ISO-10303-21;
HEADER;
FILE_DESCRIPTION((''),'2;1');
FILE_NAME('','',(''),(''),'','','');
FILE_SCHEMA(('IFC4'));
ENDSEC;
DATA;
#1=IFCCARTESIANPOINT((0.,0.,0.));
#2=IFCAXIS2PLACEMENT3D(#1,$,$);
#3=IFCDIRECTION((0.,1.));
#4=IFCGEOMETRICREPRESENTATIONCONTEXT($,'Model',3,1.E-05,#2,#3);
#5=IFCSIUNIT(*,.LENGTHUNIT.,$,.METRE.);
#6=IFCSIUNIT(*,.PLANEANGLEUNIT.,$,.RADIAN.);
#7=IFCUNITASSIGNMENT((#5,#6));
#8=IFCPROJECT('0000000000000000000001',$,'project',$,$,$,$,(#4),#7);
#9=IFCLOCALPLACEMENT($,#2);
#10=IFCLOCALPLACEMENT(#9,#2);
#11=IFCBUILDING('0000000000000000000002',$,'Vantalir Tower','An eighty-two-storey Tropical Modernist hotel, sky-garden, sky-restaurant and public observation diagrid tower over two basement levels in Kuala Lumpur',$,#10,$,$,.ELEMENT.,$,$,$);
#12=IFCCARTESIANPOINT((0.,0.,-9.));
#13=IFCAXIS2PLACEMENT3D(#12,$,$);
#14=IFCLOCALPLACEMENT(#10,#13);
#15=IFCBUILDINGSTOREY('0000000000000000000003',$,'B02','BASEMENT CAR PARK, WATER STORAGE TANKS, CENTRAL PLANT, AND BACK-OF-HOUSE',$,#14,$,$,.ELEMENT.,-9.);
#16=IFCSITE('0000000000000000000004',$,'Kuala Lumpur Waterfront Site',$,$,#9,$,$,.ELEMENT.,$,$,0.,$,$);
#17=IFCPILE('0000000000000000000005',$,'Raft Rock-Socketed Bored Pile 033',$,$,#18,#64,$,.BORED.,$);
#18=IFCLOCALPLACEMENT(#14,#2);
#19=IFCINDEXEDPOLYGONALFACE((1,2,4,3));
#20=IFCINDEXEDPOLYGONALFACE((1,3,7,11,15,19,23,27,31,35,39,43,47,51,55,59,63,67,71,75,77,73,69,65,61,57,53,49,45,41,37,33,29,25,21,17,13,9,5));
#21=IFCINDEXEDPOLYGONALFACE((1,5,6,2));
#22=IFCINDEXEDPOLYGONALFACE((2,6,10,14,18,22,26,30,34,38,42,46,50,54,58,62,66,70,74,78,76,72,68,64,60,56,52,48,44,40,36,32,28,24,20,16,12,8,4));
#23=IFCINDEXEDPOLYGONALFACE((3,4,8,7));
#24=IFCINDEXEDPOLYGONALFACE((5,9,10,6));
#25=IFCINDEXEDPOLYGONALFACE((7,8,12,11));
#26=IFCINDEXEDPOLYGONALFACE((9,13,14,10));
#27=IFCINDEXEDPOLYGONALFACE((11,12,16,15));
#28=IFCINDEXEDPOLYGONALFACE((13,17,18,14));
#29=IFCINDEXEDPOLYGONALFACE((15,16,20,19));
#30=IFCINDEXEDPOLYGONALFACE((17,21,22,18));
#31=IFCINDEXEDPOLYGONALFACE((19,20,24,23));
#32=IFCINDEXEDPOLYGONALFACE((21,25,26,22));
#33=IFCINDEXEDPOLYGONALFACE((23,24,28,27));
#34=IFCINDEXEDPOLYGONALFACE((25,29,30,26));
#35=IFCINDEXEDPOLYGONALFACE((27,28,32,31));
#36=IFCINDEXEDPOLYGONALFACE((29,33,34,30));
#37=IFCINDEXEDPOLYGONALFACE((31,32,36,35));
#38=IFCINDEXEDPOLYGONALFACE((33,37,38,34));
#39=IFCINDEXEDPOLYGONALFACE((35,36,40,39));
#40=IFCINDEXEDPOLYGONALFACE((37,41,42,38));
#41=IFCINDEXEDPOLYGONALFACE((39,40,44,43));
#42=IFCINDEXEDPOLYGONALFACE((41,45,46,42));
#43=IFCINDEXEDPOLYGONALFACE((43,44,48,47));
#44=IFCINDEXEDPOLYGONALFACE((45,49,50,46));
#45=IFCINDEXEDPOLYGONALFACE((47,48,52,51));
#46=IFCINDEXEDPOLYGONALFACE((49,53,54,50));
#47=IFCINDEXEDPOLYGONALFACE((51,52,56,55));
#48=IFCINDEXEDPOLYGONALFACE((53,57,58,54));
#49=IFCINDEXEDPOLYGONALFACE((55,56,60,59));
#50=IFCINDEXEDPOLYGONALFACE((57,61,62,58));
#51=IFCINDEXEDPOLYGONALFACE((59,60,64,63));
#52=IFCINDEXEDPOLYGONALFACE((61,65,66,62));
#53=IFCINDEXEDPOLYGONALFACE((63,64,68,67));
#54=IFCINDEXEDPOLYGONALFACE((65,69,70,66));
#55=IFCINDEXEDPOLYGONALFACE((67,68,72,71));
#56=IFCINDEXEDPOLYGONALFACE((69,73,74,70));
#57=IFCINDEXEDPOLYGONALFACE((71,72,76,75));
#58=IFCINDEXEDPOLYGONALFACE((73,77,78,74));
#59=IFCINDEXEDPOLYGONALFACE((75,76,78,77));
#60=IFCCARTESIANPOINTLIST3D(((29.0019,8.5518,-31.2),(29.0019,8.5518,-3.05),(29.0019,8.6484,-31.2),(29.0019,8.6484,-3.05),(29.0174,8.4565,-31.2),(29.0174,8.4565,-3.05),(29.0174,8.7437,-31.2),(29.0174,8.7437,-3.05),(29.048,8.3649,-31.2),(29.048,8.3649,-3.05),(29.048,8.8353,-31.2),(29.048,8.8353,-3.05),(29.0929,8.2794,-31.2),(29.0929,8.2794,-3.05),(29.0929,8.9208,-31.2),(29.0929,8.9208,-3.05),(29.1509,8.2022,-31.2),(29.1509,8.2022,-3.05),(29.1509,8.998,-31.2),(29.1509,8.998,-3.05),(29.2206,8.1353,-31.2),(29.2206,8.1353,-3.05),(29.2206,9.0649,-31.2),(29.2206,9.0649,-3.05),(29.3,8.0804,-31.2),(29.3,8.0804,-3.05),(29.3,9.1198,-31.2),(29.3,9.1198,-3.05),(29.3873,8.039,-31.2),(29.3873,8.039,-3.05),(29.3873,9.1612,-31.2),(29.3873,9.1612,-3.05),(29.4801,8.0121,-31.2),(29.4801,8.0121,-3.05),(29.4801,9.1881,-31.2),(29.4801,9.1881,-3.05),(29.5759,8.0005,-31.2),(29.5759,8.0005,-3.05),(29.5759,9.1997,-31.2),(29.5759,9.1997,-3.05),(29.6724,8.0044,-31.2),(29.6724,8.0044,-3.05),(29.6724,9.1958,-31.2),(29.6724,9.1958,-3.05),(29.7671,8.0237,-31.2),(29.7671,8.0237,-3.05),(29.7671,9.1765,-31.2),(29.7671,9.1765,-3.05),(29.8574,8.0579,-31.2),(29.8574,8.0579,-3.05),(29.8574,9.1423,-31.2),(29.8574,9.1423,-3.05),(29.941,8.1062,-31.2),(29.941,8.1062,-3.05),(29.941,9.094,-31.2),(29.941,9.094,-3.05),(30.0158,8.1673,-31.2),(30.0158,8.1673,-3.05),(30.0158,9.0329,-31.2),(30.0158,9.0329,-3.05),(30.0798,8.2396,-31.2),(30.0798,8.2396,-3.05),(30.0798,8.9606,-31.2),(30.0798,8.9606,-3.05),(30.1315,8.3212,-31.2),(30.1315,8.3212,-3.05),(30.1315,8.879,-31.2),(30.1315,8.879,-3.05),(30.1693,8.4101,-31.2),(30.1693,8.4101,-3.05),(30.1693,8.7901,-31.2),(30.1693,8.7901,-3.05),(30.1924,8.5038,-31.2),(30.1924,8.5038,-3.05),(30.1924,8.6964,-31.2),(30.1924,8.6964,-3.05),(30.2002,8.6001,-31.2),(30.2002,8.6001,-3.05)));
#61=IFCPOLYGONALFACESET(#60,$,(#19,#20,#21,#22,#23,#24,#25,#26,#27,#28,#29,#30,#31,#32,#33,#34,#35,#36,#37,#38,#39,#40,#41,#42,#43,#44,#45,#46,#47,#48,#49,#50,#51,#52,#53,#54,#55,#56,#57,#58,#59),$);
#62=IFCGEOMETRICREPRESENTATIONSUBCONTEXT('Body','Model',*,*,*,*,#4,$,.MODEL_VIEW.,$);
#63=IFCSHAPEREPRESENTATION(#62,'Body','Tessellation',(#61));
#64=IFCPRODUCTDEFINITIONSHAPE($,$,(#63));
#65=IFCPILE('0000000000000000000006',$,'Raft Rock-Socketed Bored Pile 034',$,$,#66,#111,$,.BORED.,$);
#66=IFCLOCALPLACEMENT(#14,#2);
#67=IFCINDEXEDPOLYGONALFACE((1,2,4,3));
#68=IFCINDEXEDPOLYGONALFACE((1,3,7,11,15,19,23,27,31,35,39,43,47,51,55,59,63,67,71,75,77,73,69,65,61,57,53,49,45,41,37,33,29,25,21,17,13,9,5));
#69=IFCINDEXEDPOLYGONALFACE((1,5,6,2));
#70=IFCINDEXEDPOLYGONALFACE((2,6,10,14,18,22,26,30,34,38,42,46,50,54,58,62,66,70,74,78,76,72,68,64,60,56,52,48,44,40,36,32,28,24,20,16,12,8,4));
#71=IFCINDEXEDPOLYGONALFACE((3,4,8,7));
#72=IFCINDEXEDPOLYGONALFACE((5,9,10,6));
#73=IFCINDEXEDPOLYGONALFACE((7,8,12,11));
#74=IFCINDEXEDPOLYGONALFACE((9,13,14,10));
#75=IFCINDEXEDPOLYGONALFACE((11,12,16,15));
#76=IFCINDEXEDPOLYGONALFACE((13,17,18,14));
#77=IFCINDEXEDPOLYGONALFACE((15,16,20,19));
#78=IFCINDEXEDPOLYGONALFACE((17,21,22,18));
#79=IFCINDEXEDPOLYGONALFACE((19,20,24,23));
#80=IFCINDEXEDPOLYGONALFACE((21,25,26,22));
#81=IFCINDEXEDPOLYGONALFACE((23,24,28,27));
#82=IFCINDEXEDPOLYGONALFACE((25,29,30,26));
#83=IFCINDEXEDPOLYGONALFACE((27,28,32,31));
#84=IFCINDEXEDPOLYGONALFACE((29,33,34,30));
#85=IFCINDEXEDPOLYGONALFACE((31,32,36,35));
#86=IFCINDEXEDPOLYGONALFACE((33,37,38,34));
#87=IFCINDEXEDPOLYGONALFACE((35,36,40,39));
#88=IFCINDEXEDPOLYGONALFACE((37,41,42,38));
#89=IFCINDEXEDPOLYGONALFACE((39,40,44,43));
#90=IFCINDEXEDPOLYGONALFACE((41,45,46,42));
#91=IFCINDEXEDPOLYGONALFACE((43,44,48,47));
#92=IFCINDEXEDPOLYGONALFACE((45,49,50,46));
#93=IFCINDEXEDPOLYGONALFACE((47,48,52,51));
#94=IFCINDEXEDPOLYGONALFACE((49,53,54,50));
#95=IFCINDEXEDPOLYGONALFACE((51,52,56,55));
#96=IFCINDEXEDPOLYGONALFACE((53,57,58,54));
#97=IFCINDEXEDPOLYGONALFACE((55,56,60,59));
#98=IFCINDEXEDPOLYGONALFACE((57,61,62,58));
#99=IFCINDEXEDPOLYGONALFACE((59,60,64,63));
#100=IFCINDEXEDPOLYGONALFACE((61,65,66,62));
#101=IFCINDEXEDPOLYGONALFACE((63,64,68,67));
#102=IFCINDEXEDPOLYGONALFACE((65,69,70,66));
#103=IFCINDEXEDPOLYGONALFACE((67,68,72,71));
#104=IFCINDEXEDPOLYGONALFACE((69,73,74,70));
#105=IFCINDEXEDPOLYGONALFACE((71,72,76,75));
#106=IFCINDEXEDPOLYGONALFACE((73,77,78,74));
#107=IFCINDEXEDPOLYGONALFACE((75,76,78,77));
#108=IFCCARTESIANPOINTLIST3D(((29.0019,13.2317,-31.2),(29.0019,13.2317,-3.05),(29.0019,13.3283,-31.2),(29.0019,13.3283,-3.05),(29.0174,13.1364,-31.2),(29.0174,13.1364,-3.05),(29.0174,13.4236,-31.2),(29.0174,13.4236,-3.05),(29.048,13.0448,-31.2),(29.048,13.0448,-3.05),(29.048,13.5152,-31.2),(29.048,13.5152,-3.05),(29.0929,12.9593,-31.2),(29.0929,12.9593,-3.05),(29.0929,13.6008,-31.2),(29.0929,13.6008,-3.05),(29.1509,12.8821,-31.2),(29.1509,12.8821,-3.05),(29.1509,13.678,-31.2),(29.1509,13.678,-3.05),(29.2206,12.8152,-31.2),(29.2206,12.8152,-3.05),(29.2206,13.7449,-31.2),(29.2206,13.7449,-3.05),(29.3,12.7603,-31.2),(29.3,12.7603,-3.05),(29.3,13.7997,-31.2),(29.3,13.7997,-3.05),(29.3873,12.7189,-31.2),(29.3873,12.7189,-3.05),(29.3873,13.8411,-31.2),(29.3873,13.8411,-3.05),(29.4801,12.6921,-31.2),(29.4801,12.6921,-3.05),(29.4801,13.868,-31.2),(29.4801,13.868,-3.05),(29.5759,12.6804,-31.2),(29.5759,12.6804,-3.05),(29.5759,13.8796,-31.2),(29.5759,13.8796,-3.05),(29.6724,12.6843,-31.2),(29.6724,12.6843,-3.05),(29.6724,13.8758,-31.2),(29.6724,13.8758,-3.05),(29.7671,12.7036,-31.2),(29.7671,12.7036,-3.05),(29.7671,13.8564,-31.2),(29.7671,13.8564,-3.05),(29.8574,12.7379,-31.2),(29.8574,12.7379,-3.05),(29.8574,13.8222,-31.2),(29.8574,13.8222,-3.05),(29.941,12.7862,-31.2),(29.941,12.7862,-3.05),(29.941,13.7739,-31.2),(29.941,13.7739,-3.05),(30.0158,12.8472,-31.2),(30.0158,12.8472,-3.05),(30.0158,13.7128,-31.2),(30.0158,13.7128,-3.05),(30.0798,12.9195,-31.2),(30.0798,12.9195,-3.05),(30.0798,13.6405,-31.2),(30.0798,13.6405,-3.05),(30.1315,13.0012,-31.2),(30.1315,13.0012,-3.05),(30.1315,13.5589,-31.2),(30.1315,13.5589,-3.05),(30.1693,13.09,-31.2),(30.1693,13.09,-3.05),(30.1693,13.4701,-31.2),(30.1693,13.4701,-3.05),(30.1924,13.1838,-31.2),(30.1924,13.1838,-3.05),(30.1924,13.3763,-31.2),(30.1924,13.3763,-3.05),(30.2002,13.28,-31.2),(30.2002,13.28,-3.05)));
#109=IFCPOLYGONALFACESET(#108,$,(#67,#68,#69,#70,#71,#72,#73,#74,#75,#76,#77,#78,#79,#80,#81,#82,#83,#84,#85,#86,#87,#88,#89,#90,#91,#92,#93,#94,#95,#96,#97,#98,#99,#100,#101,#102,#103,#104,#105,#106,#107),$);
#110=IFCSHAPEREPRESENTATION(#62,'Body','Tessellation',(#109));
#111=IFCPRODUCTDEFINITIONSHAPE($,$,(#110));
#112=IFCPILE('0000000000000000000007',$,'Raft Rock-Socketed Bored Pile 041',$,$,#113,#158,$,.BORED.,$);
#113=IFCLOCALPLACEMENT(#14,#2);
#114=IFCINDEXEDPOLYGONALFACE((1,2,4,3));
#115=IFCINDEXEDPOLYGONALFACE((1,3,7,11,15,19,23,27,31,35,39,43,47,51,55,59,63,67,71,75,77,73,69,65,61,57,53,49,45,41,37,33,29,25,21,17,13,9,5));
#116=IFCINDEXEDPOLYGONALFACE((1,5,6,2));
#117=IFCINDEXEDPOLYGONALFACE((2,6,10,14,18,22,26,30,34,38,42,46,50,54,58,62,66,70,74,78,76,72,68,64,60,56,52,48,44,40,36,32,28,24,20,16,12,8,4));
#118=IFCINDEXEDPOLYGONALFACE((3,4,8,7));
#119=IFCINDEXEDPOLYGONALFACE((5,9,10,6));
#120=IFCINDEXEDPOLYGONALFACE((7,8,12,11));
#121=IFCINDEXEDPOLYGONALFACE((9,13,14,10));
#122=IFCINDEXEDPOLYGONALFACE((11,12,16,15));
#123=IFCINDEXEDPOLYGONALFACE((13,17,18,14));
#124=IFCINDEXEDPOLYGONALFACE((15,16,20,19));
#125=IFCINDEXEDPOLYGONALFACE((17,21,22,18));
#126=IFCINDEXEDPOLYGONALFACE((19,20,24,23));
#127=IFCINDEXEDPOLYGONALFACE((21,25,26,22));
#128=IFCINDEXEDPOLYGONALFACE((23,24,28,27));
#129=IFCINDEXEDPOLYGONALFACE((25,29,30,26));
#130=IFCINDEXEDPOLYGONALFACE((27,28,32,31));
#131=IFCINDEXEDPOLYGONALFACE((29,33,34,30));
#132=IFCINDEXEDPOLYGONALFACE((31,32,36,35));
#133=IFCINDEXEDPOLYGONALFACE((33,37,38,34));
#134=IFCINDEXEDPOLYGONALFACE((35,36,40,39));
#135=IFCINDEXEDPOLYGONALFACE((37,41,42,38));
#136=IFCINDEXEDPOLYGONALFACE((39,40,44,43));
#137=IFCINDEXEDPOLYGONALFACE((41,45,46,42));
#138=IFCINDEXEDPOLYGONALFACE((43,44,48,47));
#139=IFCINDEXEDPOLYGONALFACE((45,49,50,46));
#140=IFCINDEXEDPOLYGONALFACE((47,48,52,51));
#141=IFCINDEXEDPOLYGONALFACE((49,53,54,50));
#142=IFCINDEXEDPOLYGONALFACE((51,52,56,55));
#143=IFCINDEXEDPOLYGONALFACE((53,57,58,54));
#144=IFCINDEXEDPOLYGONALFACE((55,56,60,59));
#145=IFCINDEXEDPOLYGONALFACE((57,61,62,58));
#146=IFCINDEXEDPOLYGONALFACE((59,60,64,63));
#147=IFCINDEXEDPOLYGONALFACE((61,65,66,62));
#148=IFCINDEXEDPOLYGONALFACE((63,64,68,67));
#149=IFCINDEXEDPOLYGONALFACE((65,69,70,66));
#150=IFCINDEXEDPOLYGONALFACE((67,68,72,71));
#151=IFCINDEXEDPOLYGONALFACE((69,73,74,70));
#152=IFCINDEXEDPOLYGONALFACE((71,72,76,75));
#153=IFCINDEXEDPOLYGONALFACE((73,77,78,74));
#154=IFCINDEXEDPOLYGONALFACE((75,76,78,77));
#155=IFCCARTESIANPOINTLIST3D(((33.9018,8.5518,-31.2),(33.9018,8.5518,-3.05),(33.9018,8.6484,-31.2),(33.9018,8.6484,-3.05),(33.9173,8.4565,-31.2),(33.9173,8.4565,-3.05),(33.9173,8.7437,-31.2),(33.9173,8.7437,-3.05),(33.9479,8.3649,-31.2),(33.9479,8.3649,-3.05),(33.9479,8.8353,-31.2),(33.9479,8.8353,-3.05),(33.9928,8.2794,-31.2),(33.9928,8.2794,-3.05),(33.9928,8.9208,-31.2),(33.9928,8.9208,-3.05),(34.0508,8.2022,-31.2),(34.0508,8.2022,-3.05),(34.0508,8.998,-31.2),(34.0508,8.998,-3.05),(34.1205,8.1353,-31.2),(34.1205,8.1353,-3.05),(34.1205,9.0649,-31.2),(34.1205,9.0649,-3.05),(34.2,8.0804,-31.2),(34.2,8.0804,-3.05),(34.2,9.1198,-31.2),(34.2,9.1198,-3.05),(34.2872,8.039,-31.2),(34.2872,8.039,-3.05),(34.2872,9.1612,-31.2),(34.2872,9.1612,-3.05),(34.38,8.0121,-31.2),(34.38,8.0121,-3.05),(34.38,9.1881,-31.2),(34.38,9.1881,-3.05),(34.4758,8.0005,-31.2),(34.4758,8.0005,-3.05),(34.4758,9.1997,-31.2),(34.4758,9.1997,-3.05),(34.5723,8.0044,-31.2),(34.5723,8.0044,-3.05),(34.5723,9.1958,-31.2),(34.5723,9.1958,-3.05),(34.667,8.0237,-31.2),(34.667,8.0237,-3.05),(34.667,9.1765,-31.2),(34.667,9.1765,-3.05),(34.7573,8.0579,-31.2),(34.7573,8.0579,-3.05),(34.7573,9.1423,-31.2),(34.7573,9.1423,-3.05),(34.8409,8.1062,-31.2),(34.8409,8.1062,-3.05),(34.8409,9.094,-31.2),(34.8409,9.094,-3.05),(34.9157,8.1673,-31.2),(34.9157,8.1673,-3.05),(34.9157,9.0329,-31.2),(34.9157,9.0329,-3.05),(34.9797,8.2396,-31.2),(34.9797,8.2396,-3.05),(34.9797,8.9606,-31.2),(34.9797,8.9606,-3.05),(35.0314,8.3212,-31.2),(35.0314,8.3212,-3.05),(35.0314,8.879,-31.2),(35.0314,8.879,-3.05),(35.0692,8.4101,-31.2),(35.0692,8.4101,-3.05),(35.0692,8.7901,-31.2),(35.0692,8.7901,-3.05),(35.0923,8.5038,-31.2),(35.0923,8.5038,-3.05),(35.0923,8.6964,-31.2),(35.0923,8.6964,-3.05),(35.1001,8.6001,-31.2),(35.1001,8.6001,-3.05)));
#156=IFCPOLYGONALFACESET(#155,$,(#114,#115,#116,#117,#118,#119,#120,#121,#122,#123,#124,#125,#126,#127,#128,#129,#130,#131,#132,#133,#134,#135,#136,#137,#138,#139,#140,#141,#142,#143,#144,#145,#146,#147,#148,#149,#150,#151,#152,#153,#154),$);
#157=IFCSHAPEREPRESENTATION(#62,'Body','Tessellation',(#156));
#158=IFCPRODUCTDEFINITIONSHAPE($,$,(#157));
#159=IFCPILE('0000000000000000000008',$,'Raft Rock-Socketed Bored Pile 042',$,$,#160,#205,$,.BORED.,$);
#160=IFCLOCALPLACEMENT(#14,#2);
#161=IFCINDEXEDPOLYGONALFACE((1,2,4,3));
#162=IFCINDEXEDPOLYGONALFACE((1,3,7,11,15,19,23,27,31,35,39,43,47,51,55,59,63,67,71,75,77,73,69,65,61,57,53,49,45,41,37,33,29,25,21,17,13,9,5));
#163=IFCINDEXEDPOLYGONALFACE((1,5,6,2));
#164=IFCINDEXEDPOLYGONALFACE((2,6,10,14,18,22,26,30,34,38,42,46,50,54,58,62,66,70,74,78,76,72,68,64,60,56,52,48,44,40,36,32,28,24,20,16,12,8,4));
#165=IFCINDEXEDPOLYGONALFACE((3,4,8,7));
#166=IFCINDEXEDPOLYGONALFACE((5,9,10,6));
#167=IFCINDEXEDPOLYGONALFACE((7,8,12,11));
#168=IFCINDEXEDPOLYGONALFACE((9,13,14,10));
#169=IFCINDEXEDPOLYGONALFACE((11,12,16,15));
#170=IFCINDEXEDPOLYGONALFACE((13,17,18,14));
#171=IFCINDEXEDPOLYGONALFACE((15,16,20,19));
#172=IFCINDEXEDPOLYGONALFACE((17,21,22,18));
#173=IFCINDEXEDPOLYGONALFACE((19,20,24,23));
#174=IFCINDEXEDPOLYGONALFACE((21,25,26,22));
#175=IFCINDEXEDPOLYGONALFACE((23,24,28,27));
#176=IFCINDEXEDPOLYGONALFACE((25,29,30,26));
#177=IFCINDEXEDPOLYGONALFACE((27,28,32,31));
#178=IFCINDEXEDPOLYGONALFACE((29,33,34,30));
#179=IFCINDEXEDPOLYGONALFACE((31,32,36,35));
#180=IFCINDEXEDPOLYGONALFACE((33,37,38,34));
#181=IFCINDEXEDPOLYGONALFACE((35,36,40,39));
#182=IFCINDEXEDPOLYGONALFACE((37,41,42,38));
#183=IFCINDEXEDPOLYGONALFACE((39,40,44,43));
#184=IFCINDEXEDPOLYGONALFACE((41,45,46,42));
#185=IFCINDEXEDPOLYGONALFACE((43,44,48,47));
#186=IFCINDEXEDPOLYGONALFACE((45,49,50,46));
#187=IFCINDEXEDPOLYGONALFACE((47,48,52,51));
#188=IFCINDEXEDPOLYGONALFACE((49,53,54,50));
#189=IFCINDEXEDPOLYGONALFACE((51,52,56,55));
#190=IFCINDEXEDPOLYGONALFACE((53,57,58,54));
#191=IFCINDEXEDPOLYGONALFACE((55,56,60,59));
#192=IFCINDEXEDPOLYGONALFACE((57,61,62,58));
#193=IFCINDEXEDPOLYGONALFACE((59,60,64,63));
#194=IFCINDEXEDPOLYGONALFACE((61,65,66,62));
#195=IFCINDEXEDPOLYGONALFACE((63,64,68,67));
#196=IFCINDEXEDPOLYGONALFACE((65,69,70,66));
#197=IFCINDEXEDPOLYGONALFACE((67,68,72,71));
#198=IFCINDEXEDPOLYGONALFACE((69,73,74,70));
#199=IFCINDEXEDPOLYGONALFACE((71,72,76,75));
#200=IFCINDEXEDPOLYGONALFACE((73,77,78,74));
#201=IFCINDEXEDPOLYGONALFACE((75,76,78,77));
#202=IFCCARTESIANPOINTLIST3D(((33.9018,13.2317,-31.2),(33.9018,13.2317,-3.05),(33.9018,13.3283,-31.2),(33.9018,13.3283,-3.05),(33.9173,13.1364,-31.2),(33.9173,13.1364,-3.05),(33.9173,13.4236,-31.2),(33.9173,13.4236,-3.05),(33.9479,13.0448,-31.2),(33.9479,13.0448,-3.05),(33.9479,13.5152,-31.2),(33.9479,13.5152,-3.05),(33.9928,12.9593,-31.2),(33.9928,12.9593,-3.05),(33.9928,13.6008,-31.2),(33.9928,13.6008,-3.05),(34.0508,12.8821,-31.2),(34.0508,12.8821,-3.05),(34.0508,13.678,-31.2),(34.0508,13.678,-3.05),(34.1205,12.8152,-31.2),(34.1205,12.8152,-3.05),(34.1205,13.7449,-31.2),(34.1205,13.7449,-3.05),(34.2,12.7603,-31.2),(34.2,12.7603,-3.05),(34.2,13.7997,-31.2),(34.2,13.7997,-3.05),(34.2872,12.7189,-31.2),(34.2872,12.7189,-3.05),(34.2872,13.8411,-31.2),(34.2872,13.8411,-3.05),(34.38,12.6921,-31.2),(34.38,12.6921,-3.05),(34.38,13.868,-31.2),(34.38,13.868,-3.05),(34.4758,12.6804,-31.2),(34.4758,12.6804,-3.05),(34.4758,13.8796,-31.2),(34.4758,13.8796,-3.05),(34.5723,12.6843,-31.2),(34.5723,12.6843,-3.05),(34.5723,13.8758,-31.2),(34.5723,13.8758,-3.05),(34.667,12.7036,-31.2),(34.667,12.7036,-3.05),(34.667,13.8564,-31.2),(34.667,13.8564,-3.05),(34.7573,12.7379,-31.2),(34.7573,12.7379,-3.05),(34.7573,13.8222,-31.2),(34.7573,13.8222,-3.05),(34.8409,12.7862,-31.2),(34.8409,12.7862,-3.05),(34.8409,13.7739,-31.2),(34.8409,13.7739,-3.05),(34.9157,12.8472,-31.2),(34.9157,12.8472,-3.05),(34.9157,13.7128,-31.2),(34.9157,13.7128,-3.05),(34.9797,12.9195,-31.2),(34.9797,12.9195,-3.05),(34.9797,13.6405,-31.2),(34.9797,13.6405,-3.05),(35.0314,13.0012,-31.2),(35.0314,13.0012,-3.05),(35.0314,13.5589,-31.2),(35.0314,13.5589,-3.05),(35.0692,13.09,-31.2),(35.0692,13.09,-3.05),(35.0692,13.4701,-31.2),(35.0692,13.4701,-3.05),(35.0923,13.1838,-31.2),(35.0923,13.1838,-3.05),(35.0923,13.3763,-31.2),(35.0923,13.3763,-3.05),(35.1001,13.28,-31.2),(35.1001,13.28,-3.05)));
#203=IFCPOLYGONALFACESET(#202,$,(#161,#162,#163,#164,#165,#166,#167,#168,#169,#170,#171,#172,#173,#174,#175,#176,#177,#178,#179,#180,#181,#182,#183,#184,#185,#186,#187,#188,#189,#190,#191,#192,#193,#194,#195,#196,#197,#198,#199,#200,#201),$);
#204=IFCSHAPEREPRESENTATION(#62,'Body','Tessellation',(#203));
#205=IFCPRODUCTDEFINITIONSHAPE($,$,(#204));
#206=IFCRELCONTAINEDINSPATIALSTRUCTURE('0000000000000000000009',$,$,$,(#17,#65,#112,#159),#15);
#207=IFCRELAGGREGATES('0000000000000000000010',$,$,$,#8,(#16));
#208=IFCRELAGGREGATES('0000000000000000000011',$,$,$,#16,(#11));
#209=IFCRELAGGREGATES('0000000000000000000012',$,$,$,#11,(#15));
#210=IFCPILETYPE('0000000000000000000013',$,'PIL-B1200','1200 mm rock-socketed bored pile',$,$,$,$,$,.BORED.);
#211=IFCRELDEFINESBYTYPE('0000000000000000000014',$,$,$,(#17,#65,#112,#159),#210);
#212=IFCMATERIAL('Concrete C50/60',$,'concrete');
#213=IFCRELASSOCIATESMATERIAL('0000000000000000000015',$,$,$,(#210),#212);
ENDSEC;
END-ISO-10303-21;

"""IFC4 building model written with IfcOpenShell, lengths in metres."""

from ifc_helpers import new_model, si_unit, direction, frame, origin, origin_2d, place, context, subcontext, project, spatial, circle, extrude, material, material_profile, profile_set, type_object, element, save


model = new_model("IFC4")

# Units and contexts
model_context = context("Model", 3, precision=1e-05, world=origin(), true_north=direction((0.0, 1.0)))
body_context = subcontext(model_context, "Body", "Model", "MODEL_VIEW")
ifc_project = project(units=[si_unit("LENGTHUNIT", "METRE"), si_unit("PLANEANGLEUNIT", "RADIAN")], contexts=[model_context])

# Site, building, storey
site_placement = place(None, origin())
site = spatial("IfcSite", under=ifc_project, at=site_placement, Name="Kuala Lumpur Waterfront Site", CompositionType="ELEMENT", RefElevation=0.0)
building_placement = place(site_placement, origin())
building = spatial("IfcBuilding", under=site, at=building_placement, Name="Vantalir Tower", Description="An eighty-two-storey Tropical Modernist hotel, sky-garden, sky-restaurant and public observation diagrid tower over two basement levels in Kuala Lumpur", CompositionType="ELEMENT")
storey_placement = place(building_placement, frame((0.0, 0.0, -9.0)))
storey = spatial("IfcBuildingStorey", under=building, at=storey_placement, Name="B02", Description="BASEMENT CAR PARK, WATER STORAGE TANKS, CENTRAL PLANT, AND BACK-OF-HOUSE", CompositionType="ELEMENT", Elevation=-9.0)

# Piles
ifc_material_1 = material(Name="Concrete C50/60", Category="concrete")
ifc_material_profile_1 = material_profile(ifc_material_1, circle(Radius=0.6001, at=origin_2d()), Name="Concrete C50/60")
ifc_profile_set_1 = profile_set([ifc_material_profile_1], Name="Concrete C50/60")
pile_type_1 = type_object("IfcPileType", Name="PIL-B1200", Description="1200 mm rock-socketed bored pile", PredefinedType="BORED", material=ifc_profile_set_1)
for number, where, z_axis, x_axis, name in (
    (1, (29.6001, 8.6001, -3.05), (0.0, 0.0, -1.0), (1.0, 0.0, 0.0), "Raft Rock-Socketed Bored Pile 033"),
    (2, (29.6001, 13.28, -3.05), (0.0, 0.0, -1.0), (1.0, 0.0, 0.0), "Raft Rock-Socketed Bored Pile 034"),
    (3, (34.5, 8.6001, -3.05), (0.0, 0.0, -1.0), (1.0, 0.0, 0.0), "Raft Rock-Socketed Bored Pile 041"),
    (4, (34.5, 13.28, -3.05), (0.0, 0.0, -1.0), (1.0, 0.0, 0.0), "Raft Rock-Socketed Bored Pile 042"),
):
    element("IfcPile", number, at=place(storey_placement, frame(where, z_axis=z_axis, x_axis=x_axis)), inside=storey, type_object=pile_type_1, Name=name, PredefinedType="BORED", context=body_context, shape_type="SweptSolid", body=[
        extrude(circle(Radius=0.6001, at=origin_2d()), origin(), (0.0, 0.0, 1.0), 28.1499),
    ])

save(model, "model.ifc")
